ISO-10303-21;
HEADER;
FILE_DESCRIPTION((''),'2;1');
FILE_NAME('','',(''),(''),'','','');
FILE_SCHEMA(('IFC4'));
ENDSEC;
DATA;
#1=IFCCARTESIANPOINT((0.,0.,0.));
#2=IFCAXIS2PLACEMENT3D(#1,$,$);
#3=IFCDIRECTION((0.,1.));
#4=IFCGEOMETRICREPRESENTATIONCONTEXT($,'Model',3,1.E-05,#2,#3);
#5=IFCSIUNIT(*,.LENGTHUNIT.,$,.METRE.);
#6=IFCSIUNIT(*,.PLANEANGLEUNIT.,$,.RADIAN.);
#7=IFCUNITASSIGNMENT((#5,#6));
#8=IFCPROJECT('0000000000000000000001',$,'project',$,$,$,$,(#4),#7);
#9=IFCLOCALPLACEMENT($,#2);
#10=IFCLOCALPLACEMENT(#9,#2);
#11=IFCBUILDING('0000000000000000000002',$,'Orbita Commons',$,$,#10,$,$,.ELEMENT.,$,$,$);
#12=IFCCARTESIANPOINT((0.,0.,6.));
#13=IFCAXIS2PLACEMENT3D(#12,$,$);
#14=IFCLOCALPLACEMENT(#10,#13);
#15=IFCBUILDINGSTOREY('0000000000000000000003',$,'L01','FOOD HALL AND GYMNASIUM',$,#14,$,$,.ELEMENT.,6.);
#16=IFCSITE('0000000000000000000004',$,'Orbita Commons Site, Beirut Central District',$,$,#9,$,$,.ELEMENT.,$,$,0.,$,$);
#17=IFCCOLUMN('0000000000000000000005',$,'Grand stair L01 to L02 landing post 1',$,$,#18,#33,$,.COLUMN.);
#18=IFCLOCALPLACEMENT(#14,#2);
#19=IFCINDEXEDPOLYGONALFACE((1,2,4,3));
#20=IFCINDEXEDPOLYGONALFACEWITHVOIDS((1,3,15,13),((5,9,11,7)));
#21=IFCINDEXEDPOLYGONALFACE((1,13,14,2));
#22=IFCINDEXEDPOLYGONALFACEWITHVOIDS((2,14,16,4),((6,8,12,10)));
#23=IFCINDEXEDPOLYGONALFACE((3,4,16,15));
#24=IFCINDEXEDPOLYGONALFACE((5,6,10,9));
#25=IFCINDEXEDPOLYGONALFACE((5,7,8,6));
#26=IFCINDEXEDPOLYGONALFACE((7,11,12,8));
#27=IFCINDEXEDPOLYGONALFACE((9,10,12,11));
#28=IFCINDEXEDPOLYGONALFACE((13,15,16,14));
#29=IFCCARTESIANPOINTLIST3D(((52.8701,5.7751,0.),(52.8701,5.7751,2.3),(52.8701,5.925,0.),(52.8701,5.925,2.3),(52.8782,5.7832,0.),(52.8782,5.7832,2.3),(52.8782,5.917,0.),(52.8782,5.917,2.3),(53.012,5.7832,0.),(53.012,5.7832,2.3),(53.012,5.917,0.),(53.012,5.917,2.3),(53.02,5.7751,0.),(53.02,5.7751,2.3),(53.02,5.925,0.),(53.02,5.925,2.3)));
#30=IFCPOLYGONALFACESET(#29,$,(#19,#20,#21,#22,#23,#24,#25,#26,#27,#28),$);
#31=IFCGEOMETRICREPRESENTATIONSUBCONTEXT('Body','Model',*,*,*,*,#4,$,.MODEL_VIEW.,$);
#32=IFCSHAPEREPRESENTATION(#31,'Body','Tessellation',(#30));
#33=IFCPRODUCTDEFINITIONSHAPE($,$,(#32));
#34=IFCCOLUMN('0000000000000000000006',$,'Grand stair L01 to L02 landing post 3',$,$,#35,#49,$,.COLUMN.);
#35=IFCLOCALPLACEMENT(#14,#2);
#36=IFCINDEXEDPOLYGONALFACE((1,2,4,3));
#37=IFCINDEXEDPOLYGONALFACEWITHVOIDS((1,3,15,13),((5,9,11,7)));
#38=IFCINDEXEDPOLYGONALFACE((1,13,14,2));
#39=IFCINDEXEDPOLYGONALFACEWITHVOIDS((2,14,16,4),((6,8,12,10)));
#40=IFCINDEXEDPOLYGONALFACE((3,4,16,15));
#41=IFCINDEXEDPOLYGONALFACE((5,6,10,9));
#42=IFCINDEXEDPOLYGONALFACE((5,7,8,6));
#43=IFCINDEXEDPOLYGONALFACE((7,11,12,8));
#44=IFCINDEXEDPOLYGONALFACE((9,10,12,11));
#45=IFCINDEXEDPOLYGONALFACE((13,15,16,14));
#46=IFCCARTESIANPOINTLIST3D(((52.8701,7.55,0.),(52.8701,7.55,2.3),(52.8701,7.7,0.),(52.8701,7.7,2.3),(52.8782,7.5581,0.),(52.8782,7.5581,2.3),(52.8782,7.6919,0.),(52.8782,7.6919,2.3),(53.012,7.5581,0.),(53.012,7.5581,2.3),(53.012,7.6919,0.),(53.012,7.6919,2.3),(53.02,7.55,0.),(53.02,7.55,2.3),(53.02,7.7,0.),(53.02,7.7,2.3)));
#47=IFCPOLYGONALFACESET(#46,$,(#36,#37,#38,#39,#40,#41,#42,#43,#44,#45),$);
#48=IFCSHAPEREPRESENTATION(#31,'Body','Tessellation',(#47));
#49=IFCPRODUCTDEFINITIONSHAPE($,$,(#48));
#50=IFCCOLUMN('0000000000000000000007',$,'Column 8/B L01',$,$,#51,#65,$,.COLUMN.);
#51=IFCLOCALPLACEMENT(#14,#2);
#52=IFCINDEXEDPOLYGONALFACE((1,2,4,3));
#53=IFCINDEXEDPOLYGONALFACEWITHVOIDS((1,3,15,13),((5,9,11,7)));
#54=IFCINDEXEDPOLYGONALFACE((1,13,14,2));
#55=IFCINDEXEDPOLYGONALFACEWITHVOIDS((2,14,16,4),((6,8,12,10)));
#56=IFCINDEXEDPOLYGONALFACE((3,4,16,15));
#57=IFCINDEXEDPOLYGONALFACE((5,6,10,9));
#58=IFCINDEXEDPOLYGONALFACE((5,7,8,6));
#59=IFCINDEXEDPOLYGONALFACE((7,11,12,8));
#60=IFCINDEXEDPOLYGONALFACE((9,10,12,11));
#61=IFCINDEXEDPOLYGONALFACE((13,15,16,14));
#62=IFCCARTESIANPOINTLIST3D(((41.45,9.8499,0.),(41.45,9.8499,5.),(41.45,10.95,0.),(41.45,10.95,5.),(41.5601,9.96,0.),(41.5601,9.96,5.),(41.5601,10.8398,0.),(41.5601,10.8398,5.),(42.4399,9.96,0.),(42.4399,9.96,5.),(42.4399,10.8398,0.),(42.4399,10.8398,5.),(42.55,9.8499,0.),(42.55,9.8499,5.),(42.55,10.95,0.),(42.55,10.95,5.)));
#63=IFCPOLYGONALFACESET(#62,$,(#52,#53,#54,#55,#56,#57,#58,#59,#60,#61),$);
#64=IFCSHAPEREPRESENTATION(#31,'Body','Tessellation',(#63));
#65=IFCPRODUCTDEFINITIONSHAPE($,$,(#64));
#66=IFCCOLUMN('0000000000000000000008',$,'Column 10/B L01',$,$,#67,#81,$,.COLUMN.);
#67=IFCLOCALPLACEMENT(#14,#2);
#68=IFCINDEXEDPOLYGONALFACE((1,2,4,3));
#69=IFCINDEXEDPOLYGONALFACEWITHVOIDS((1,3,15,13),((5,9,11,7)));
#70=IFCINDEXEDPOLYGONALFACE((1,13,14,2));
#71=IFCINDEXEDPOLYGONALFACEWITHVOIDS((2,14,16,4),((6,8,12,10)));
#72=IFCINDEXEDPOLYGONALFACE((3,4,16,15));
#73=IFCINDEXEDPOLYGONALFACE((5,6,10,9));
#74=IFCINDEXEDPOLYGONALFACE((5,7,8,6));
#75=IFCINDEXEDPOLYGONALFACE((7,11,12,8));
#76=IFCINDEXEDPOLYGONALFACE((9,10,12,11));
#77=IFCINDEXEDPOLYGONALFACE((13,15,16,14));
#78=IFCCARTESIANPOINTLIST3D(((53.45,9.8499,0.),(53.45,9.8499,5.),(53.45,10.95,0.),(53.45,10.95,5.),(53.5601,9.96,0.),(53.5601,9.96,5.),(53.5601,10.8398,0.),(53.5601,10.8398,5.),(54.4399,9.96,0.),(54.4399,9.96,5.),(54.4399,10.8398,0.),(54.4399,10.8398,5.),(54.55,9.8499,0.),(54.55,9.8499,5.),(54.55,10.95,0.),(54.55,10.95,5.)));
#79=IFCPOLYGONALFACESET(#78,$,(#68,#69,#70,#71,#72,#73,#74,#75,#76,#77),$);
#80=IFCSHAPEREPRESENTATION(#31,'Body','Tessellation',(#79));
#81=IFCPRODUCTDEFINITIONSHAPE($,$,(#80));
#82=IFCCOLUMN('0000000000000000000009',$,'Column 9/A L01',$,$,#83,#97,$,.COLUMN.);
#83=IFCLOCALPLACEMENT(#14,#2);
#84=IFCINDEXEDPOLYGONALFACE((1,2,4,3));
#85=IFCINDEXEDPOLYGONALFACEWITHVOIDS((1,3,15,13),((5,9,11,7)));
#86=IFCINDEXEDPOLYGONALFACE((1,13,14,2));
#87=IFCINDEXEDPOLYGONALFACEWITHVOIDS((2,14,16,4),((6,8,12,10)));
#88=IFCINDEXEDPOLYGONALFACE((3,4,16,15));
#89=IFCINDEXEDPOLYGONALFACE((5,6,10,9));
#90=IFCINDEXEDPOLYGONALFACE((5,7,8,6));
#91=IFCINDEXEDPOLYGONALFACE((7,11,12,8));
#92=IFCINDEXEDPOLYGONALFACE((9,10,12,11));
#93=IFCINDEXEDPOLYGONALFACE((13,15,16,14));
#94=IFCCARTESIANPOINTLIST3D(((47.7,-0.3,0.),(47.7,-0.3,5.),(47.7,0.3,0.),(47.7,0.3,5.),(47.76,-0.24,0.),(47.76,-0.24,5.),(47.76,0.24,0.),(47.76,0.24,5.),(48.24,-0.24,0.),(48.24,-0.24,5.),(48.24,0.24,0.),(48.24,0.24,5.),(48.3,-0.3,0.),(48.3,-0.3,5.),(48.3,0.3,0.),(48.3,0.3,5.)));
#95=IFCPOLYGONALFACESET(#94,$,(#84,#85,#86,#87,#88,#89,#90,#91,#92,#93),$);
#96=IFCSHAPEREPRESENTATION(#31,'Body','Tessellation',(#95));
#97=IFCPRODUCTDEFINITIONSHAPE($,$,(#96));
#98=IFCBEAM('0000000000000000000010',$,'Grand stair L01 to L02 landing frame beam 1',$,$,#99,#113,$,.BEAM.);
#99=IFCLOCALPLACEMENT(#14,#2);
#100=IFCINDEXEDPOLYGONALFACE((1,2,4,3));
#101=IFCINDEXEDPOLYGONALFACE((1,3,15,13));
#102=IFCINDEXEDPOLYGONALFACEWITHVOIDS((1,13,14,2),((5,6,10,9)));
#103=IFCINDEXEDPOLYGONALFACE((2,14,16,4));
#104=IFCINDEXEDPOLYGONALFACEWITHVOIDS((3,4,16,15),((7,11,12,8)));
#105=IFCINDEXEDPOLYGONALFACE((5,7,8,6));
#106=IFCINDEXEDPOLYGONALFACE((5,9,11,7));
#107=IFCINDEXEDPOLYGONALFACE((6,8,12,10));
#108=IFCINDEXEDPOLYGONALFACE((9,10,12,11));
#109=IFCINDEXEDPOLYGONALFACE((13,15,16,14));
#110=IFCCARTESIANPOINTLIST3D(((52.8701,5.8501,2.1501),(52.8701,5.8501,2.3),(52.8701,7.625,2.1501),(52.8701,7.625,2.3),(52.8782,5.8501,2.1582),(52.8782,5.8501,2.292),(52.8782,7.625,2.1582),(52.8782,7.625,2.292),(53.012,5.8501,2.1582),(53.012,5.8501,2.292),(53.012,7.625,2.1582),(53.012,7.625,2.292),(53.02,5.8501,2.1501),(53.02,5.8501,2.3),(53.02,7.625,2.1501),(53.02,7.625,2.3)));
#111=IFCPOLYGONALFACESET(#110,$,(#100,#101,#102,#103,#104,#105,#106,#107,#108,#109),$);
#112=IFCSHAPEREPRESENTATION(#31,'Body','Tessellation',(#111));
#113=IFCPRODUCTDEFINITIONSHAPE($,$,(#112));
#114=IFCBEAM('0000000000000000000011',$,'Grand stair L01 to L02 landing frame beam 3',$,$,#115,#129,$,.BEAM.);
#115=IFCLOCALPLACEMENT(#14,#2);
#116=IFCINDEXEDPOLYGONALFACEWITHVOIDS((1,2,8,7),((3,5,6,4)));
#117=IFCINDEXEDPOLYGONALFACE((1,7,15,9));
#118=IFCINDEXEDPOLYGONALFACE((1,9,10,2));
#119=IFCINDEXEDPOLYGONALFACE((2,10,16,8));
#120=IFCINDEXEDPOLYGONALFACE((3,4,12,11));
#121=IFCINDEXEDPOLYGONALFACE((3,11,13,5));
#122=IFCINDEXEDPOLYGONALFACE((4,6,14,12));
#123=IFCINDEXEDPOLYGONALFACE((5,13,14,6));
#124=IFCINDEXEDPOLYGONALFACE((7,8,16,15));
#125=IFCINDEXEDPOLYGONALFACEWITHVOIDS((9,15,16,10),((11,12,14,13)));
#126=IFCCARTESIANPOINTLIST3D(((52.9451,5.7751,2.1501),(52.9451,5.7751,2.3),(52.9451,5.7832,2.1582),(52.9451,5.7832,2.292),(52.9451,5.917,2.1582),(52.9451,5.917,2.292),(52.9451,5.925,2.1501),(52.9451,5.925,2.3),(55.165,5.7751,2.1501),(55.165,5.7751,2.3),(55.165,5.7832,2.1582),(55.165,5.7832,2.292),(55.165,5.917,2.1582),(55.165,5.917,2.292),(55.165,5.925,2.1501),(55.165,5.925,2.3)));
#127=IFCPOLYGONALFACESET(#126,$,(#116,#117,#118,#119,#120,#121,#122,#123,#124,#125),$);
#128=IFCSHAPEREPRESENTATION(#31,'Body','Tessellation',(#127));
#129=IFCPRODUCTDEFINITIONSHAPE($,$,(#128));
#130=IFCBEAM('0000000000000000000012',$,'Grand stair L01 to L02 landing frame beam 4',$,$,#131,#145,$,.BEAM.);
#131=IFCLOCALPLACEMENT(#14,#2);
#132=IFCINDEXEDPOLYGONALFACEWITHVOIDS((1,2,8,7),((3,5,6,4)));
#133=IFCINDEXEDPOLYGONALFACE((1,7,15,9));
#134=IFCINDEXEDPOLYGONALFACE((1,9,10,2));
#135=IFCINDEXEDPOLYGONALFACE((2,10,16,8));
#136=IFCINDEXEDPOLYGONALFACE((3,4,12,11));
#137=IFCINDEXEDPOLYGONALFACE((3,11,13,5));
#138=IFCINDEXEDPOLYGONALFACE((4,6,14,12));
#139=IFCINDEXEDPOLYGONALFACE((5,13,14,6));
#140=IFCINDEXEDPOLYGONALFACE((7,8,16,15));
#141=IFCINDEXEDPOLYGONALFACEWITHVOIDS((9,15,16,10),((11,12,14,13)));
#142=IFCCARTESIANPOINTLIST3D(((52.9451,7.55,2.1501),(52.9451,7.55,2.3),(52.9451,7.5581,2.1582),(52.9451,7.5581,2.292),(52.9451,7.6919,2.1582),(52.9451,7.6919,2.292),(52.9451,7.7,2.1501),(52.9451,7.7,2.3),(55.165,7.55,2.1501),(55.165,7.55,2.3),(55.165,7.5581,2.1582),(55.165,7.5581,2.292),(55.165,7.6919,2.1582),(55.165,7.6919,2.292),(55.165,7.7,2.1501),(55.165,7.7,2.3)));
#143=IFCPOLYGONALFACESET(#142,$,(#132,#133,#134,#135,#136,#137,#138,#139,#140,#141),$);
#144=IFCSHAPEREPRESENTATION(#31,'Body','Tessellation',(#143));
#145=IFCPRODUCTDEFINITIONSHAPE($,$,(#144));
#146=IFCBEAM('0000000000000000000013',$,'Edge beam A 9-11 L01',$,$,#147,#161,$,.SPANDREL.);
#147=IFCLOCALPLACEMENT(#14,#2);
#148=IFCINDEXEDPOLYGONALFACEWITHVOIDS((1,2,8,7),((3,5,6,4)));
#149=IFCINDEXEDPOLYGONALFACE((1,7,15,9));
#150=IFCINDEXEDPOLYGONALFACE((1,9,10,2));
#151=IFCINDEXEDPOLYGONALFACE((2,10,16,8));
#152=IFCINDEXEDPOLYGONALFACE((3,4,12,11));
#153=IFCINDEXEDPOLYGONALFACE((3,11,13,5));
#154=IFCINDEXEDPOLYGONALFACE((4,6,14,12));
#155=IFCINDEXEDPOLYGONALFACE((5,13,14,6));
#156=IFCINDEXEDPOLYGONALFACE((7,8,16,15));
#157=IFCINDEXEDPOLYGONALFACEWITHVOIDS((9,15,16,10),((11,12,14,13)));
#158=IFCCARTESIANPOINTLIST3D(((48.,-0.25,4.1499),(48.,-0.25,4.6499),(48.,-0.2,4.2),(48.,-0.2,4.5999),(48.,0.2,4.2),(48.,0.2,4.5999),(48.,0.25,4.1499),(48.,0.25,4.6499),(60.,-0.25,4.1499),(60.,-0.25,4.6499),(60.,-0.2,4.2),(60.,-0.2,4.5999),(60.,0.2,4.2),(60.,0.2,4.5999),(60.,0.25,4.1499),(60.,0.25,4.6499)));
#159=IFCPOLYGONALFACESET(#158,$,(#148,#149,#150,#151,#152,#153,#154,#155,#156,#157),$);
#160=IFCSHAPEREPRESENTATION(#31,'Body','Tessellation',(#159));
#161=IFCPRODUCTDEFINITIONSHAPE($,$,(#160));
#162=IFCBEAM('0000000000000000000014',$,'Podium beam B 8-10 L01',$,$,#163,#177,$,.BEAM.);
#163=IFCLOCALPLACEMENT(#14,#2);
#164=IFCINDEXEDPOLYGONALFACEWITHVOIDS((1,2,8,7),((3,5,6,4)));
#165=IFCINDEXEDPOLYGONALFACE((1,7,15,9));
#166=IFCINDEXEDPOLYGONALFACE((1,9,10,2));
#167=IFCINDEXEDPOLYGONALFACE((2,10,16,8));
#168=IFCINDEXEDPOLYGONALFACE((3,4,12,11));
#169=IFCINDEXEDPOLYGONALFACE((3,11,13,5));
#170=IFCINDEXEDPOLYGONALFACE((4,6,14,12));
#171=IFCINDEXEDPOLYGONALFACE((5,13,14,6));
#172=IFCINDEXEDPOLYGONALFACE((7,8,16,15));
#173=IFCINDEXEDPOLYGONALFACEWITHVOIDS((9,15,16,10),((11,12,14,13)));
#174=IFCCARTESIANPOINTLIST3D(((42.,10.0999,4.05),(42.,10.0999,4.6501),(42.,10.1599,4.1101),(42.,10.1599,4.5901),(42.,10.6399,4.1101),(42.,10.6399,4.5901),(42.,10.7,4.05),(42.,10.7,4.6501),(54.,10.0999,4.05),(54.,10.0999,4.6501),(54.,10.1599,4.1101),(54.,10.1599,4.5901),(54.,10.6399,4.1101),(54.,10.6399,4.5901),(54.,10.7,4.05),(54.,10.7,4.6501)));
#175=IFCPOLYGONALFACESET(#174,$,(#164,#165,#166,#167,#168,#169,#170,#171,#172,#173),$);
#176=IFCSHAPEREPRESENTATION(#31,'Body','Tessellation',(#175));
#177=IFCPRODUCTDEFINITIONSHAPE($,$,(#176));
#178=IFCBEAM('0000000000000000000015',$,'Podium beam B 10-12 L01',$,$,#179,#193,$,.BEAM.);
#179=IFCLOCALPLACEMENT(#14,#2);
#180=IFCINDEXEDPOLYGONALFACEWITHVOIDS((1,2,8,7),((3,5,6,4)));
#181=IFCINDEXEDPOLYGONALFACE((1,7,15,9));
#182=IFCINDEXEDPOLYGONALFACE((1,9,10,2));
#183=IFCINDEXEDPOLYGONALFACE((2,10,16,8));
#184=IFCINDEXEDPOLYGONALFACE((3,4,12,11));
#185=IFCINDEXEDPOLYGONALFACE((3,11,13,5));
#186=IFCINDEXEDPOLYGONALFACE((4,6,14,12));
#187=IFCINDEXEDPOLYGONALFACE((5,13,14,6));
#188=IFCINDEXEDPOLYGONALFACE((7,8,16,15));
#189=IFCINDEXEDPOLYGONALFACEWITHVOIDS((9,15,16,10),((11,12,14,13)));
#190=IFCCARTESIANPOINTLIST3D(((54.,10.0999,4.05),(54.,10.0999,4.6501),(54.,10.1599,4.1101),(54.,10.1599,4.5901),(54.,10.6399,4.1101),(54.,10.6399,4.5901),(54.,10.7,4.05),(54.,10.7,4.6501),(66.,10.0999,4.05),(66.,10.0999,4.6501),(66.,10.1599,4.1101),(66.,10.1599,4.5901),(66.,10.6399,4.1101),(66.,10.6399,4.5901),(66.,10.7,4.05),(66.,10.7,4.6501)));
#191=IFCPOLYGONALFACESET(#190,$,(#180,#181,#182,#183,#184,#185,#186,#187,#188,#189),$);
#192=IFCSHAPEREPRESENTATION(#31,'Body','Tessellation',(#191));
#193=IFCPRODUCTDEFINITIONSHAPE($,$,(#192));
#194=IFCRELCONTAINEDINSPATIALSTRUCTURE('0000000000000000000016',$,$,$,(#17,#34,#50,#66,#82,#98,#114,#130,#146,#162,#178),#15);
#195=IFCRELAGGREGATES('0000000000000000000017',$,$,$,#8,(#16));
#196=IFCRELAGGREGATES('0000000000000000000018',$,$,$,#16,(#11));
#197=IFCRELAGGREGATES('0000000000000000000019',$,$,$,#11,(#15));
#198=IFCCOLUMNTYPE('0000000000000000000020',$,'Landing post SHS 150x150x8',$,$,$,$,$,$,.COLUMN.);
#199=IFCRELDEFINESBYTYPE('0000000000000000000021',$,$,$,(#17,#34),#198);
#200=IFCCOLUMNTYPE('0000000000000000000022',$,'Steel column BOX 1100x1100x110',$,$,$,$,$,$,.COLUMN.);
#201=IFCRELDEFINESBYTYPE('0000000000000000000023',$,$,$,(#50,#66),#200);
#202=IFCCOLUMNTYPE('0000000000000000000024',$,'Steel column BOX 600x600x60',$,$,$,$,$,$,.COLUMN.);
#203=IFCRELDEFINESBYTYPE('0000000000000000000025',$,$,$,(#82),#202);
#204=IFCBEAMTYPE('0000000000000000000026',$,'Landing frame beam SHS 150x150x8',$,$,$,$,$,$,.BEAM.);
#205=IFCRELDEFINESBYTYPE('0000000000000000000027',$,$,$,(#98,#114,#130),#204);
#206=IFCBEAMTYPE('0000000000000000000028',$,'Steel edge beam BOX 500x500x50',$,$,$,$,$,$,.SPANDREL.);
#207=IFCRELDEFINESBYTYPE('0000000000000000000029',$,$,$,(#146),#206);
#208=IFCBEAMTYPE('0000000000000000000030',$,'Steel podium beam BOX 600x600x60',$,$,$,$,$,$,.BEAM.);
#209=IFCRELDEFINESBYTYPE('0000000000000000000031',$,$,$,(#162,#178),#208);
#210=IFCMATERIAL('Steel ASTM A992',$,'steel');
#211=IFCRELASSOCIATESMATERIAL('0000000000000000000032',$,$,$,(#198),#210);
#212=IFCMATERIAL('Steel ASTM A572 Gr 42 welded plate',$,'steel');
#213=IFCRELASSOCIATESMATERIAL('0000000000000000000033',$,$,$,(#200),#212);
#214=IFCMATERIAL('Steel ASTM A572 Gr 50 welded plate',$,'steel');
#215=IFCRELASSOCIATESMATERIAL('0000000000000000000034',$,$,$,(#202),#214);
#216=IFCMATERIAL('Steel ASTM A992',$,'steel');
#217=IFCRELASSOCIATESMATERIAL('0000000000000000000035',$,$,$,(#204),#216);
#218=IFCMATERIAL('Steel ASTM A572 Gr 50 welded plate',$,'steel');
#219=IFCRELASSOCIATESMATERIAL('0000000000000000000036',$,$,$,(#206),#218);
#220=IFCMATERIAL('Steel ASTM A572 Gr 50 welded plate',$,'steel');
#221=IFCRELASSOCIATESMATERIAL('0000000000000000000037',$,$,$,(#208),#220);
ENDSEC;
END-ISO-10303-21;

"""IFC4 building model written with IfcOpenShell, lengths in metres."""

from ifc_helpers import new_model, si_unit, direction, frame, origin, origin_2d, place, context, subcontext, project, spatial, hollow_rectangle, extrude, material, material_profile, profile_set, type_object, element, save


model = new_model("IFC4")

# Units and contexts
model_context = context("Model", 3, precision=1e-05, world=origin(), true_north=direction((0.0, 1.0)))
body_context = subcontext(model_context, "Body", "Model", "MODEL_VIEW")
ifc_project = project(units=[si_unit("LENGTHUNIT", "METRE"), si_unit("PLANEANGLEUNIT", "RADIAN")], contexts=[model_context])

# Site, building, storey
site_placement = place(None, origin())
site = spatial("IfcSite", under=ifc_project, at=site_placement, Name="Orbita Commons Site, Beirut Central District", CompositionType="ELEMENT", RefElevation=0.0)
building_placement = place(site_placement, origin())
building = spatial("IfcBuilding", under=site, at=building_placement, Name="Orbita Commons", CompositionType="ELEMENT")
storey_placement = place(building_placement, frame((0.0, 0.0, 6.0)))
storey = spatial("IfcBuildingStorey", under=building, at=storey_placement, Name="L01", Description="FOOD HALL AND GYMNASIUM", CompositionType="ELEMENT", Elevation=6.0)

# Columns
ifc_material_1 = material(Name="Steel ASTM A992", Category="steel")
ifc_material_profile_1 = material_profile(ifc_material_1, hollow_rectangle(XDim=0.1499, YDim=0.1499, WallThickness=0.0081, at=origin_2d()), Name="SHS 150x150x8")
ifc_profile_set_1 = profile_set([ifc_material_profile_1], Name="Steel ASTM A992")
column_type_1 = type_object("IfcColumnType", Name="Landing post SHS 150x150x8", PredefinedType="COLUMN", material=ifc_profile_set_1)
for number, where, z_axis, x_axis, name in (
    (1, (52.9451, 5.8501, 0.0), (0.0, 0.0, 1.0), (1.0, 0.0, 0.0), "Grand stair L01 to L02 landing post 1"),
    (2, (52.9451, 7.625, 0.0), (0.0, 0.0, 1.0), (1.0, 0.0, 0.0), "Grand stair L01 to L02 landing post 3"),
):
    element("IfcColumn", number, at=place(storey_placement, frame(where, z_axis=z_axis, x_axis=x_axis)), inside=storey, type_object=column_type_1, Name=name, PredefinedType="COLUMN", context=body_context, shape_type="SweptSolid", body=[
        extrude(hollow_rectangle(XDim=0.1499, YDim=0.1499, WallThickness=0.0081, at=origin_2d()), origin(), (0.0, 0.0, 1.0), 2.3),
    ])
ifc_material_2 = material(Name="Steel ASTM A572 Gr 42 welded plate", Category="steel")
ifc_material_profile_2 = material_profile(ifc_material_2, hollow_rectangle(XDim=1.1001, YDim=1.1001, WallThickness=0.1101, at=origin_2d()), Name="BOX 1100x1100x110")
ifc_profile_set_2 = profile_set([ifc_material_profile_2], Name="Steel ASTM A572 Gr 42 welded plate")
column_type_2 = type_object("IfcColumnType", Name="Steel column BOX 1100x1100x110", PredefinedType="COLUMN", material=ifc_profile_set_2)
for number, where, z_axis, x_axis, name in (
    (3, (42.0, 10.3999, 0.0), (0.0, 0.0, 1.0), (1.0, 0.0, 0.0), "Column 8/B L01"),
    (4, (54.0, 10.3999, 0.0), (0.0, 0.0, 1.0), (1.0, 0.0, 0.0), "Column 10/B L01"),
):
    element("IfcColumn", number, at=place(storey_placement, frame(where, z_axis=z_axis, x_axis=x_axis)), inside=storey, type_object=column_type_2, Name=name, PredefinedType="COLUMN", context=body_context, shape_type="SweptSolid", body=[
        extrude(hollow_rectangle(XDim=1.1001, YDim=1.1001, WallThickness=0.1101, at=origin_2d()), origin(), (0.0, 0.0, 1.0), 5.0),
    ])
ifc_material_3 = material(Name="Steel ASTM A572 Gr 50 welded plate", Category="steel")
ifc_material_profile_3 = material_profile(ifc_material_3, hollow_rectangle(XDim=0.6001, YDim=0.6001, WallThickness=0.0601, at=origin_2d()), Name="BOX 600x600x60")
ifc_profile_set_3 = profile_set([ifc_material_profile_3], Name="Steel ASTM A572 Gr 50 welded plate")
column_type_3 = type_object("IfcColumnType", Name="Steel column BOX 600x600x60", PredefinedType="COLUMN", material=ifc_profile_set_3)
column_placement = place(storey_placement, frame((48.0, 0.0, 0.0), z_axis=(0.0, 0.0, 1.0), x_axis=(1.0, 0.0, 0.0)))
element("IfcColumn", 5, at=column_placement, inside=storey, type_object=column_type_3, Name="Column 9/A L01", PredefinedType="COLUMN", context=body_context, shape_type="SweptSolid", body=[
    extrude(hollow_rectangle(XDim=0.6001, YDim=0.6001, WallThickness=0.0601, at=origin_2d()), origin(), (0.0, 0.0, 1.0), 5.0),
])

# Beams
ifc_material_4 = material(Name="Steel ASTM A992", Category="steel")
ifc_material_profile_4 = material_profile(ifc_material_4, hollow_rectangle(XDim=0.1499, YDim=0.1499, WallThickness=0.0081, at=origin_2d()), Name="SHS 150x150x8")
ifc_profile_set_4 = profile_set([ifc_material_profile_4], Name="Steel ASTM A992")
beam_type_1 = type_object("IfcBeamType", Name="Landing frame beam SHS 150x150x8", PredefinedType="BEAM", material=ifc_profile_set_4)
beam_1_placement = place(storey_placement, frame((52.9451, 5.8501, 2.2251), z_axis=(0.0, 1.0, 0.0), x_axis=(-1.0, 0.0, 0.0)))
element("IfcBeam", 6, at=beam_1_placement, inside=storey, type_object=beam_type_1, Name="Grand stair L01 to L02 landing frame beam 1", PredefinedType="BEAM", context=body_context, shape_type="SweptSolid", body=[
    extrude(hollow_rectangle(XDim=0.1499, YDim=0.1499, WallThickness=0.0081, at=origin_2d()), origin(), (0.0, 0.0, 1.0), 1.7749),
])
for number, where, z_axis, x_axis, name in (
    (7, (52.9451, 5.8501, 2.2251), (1.0, 0.0, 0.0), (0.0, 1.0, 0.0), "Grand stair L01 to L02 landing frame beam 3"),
    (8, (52.9451, 7.625, 2.2251), (1.0, 0.0, 0.0), (0.0, 1.0, 0.0), "Grand stair L01 to L02 landing frame beam 4"),
):
    element("IfcBeam", number, at=place(storey_placement, frame(where, z_axis=z_axis, x_axis=x_axis)), inside=storey, type_object=beam_type_1, Name=name, PredefinedType="BEAM", context=body_context, shape_type="SweptSolid", body=[
        extrude(hollow_rectangle(XDim=0.1499, YDim=0.1499, WallThickness=0.0081, at=origin_2d()), origin(), (0.0, 0.0, 1.0), 2.22),
    ])
ifc_material_5 = material(Name="Steel ASTM A572 Gr 50 welded plate", Category="steel")
ifc_material_profile_5 = material_profile(ifc_material_5, hollow_rectangle(XDim=0.5, YDim=0.5, WallThickness=0.05, at=origin_2d()), Name="BOX 500x500x50")
ifc_profile_set_5 = profile_set([ifc_material_profile_5], Name="Steel ASTM A572 Gr 50 welded plate")
beam_type_2 = type_object("IfcBeamType", Name="Steel edge beam BOX 500x500x50", PredefinedType="SPANDREL", material=ifc_profile_set_5)
beam_2_placement = place(storey_placement, frame((48.0, 0.0, 4.3999), z_axis=(1.0, 0.0, 0.0), x_axis=(0.0, 1.0, 0.0)))
element("IfcBeam", 9, at=beam_2_placement, inside=storey, type_object=beam_type_2, Name="Edge beam A 9-11 L01", PredefinedType="SPANDREL", context=body_context, shape_type="SweptSolid", body=[
    extrude(hollow_rectangle(XDim=0.5, YDim=0.5, WallThickness=0.05, at=origin_2d()), origin(), (0.0, 0.0, 1.0), 12.0),
])
ifc_material_6 = material(Name="Steel ASTM A572 Gr 50 welded plate", Category="steel")
ifc_material_profile_6 = material_profile(ifc_material_6, hollow_rectangle(XDim=0.6001, YDim=0.6001, WallThickness=0.0601, at=origin_2d()), Name="BOX 600x600x60")
ifc_profile_set_6 = profile_set([ifc_material_profile_6], Name="Steel ASTM A572 Gr 50 welded plate")
beam_type_3 = type_object("IfcBeamType", Name="Steel podium beam BOX 600x600x60", PredefinedType="BEAM", material=ifc_profile_set_6)
for number, where, z_axis, x_axis, name in (
    (10, (42.0, 10.3999, 4.3501), (1.0, 0.0, 0.0), (0.0, 1.0, 0.0), "Podium beam B 8-10 L01"),
    (11, (54.0, 10.3999, 4.3501), (1.0, 0.0, 0.0), (0.0, 1.0, 0.0), "Podium beam B 10-12 L01"),
):
    element("IfcBeam", number, at=place(storey_placement, frame(where, z_axis=z_axis, x_axis=x_axis)), inside=storey, type_object=beam_type_3, Name=name, PredefinedType="BEAM", context=body_context, shape_type="SweptSolid", body=[
        extrude(hollow_rectangle(XDim=0.6001, YDim=0.6001, WallThickness=0.0601, at=origin_2d()), origin(), (0.0, 0.0, 1.0), 12.0),
    ])

save(model, "model.ifc")
